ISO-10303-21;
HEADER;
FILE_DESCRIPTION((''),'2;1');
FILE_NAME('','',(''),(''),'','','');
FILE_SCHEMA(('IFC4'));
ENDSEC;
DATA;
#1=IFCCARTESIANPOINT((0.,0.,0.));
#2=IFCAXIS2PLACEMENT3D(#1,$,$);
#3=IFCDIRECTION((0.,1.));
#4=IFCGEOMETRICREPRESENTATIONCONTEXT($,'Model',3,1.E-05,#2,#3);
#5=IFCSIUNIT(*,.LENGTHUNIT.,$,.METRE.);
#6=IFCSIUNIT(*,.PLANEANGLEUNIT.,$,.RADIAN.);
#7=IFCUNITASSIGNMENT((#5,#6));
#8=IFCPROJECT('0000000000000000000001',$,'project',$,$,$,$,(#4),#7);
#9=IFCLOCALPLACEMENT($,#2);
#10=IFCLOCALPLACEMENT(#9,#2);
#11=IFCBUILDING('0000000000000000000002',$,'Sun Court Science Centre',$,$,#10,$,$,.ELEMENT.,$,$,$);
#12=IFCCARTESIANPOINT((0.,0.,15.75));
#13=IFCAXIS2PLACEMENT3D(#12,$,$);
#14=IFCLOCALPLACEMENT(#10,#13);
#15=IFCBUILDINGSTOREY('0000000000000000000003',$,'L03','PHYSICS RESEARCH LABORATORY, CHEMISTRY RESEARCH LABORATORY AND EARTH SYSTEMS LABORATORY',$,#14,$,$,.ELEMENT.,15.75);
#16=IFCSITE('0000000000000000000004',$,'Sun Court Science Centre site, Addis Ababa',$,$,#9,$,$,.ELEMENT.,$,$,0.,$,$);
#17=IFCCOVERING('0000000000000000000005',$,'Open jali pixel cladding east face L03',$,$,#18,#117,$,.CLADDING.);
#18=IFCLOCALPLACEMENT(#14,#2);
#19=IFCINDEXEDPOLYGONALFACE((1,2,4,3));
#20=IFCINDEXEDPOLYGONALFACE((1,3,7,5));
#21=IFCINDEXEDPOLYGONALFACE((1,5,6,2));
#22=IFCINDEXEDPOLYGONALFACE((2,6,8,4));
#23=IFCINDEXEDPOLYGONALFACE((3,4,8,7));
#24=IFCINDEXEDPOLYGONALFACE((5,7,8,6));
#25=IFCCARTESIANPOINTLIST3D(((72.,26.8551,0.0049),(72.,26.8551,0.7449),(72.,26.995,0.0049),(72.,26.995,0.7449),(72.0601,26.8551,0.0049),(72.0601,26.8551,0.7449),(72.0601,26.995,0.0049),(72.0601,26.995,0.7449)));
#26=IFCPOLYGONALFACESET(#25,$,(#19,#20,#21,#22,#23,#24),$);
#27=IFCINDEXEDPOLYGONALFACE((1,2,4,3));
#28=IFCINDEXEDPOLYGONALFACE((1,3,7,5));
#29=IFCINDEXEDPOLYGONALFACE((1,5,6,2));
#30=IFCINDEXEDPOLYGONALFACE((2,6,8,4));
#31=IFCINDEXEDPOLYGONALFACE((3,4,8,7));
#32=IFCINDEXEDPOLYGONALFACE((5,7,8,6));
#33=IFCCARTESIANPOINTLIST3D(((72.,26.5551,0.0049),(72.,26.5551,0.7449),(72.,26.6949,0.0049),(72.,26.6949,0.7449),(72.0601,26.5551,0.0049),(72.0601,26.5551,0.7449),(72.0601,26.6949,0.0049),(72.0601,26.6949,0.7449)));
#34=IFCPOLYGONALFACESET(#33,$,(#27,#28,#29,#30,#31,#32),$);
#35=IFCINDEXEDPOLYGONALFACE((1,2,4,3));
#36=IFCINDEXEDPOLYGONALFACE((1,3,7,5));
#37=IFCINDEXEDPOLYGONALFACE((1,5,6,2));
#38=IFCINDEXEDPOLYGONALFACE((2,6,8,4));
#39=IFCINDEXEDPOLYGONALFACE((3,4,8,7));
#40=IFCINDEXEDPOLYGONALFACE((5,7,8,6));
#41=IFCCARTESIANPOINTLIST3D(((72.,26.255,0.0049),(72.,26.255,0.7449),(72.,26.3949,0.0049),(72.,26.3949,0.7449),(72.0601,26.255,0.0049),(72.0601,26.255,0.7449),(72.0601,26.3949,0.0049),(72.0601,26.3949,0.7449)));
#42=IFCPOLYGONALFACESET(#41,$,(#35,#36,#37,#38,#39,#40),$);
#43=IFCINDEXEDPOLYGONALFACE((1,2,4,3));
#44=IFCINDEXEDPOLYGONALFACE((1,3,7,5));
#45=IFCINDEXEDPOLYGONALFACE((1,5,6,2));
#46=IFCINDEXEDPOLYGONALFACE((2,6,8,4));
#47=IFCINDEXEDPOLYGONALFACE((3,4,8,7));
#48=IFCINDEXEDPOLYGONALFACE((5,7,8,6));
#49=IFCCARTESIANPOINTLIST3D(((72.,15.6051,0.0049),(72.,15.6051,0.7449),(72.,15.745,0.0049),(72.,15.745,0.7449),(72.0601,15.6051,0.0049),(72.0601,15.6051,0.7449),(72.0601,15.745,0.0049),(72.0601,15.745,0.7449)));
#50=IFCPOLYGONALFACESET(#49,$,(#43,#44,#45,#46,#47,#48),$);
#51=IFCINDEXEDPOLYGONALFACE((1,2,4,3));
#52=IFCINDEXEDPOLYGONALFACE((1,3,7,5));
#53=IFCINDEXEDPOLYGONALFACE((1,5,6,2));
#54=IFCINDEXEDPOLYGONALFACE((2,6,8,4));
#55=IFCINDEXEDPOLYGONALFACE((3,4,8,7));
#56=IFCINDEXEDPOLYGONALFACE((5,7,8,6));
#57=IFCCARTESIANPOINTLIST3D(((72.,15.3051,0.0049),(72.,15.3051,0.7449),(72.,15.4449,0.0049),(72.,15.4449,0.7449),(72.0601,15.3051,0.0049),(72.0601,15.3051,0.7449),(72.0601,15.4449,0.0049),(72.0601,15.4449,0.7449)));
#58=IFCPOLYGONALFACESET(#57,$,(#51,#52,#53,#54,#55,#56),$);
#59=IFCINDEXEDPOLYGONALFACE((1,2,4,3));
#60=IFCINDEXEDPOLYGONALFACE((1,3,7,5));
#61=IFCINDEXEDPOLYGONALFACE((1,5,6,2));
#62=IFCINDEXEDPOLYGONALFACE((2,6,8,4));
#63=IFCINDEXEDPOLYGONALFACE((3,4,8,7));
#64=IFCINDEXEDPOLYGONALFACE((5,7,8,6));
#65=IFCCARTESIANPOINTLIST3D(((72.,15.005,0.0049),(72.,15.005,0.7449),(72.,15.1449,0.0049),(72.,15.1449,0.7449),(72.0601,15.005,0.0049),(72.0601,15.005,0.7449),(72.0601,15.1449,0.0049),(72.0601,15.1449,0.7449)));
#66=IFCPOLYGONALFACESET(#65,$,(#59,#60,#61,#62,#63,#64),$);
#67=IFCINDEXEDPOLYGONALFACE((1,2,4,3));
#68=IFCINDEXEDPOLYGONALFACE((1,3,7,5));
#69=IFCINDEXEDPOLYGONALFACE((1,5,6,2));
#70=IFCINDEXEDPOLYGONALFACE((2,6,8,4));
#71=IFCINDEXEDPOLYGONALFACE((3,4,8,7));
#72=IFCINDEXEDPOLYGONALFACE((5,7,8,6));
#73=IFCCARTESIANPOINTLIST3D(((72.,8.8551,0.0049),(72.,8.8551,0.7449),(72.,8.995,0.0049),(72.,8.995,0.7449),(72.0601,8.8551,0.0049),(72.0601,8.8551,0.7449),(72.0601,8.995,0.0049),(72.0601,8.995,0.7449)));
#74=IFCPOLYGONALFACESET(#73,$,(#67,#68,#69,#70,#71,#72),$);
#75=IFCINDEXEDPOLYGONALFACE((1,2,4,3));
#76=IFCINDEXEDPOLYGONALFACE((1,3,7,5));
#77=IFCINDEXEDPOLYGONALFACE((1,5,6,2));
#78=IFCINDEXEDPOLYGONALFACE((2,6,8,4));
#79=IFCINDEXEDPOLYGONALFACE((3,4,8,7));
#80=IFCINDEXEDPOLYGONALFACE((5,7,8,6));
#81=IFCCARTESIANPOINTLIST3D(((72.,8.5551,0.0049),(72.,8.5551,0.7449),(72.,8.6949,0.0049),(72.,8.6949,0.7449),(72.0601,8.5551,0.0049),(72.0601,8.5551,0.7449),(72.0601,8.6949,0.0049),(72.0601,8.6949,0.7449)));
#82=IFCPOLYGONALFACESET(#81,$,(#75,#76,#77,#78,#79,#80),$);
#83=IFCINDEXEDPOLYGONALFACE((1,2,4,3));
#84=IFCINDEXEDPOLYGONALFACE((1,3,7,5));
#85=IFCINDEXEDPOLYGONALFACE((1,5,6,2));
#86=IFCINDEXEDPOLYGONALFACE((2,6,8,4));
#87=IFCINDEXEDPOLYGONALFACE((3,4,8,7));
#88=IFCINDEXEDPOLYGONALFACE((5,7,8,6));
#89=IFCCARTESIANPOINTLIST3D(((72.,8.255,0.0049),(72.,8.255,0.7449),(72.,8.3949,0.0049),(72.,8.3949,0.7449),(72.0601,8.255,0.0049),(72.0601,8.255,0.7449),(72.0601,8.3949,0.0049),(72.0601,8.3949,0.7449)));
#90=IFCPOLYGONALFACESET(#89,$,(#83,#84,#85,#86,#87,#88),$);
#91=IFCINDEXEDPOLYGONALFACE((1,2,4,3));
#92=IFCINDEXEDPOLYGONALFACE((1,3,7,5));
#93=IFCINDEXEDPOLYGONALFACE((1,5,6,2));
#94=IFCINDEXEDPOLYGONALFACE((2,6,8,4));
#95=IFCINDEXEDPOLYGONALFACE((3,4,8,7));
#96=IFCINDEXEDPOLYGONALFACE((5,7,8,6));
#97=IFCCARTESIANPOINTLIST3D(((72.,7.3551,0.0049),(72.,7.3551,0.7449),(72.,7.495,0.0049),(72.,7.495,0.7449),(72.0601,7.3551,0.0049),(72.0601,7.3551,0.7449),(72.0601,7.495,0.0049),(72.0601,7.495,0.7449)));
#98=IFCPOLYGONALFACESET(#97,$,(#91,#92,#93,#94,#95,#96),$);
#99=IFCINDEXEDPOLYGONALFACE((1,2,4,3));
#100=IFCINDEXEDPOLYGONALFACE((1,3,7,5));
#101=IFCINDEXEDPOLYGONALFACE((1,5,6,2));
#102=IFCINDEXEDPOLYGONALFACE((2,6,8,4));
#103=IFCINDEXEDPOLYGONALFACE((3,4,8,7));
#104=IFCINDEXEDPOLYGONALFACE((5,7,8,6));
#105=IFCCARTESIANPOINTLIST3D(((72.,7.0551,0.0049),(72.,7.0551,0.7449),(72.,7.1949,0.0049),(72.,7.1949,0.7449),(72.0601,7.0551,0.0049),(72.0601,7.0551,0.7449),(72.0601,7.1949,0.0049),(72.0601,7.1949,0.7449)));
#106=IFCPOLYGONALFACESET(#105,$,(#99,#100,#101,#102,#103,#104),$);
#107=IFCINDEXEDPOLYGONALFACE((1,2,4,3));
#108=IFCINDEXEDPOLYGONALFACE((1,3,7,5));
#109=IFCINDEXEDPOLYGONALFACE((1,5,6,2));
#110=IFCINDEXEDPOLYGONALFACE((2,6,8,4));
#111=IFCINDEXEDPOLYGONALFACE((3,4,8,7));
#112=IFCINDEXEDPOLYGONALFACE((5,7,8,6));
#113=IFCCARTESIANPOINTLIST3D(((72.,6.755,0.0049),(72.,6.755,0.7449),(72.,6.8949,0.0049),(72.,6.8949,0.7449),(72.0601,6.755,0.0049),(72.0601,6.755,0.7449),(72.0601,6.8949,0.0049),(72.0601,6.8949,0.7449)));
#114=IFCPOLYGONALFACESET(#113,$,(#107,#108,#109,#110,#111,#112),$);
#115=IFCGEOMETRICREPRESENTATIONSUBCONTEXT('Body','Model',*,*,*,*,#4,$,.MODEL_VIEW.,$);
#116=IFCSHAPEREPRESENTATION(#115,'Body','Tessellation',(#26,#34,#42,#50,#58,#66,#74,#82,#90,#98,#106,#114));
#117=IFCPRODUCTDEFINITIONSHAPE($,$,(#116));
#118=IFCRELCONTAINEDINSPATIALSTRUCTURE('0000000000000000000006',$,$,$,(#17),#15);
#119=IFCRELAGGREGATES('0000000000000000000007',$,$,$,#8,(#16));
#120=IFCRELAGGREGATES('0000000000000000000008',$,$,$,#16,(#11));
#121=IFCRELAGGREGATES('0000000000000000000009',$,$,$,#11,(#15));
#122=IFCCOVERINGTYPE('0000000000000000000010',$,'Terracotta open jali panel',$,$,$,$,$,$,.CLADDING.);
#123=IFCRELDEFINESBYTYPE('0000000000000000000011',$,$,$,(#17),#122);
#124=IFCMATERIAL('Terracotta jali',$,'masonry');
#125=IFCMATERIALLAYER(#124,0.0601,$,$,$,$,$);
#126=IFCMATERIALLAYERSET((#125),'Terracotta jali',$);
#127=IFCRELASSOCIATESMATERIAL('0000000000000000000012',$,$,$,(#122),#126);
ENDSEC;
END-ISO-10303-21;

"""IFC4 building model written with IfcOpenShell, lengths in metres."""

from ifc_helpers import new_model, si_unit, direction, frame, origin, origin_2d, place, context, subcontext, project, spatial, rectangle, extrude, material, layer, layer_set, type_object, element, save


model = new_model("IFC4")

# Units and contexts
model_context = context("Model", 3, precision=1e-05, world=origin(), true_north=direction((0.0, 1.0)))
body_context = subcontext(model_context, "Body", "Model", "MODEL_VIEW")
ifc_project = project(units=[si_unit("LENGTHUNIT", "METRE"), si_unit("PLANEANGLEUNIT", "RADIAN")], contexts=[model_context])

# Site, building, storey
site_placement = place(None, origin())
site = spatial("IfcSite", under=ifc_project, at=site_placement, Name="Sun Court Science Centre site, Addis Ababa", CompositionType="ELEMENT", RefElevation=0.0)
building_placement = place(site_placement, origin())
building = spatial("IfcBuilding", under=site, at=building_placement, Name="Sun Court Science Centre", CompositionType="ELEMENT")
storey_placement = place(building_placement, frame((0.0, 0.0, 15.75)))
storey = spatial("IfcBuildingStorey", under=building, at=storey_placement, Name="L03", Description="PHYSICS RESEARCH LABORATORY, CHEMISTRY RESEARCH LABORATORY AND EARTH SYSTEMS LABORATORY", CompositionType="ELEMENT", Elevation=15.75)

# Covering
ifc_material_1 = material(Name="Terracotta jali", Category="masonry")
ifc_layer_1 = layer(ifc_material_1, 0.0601)
ifc_layer_set_1 = layer_set([ifc_layer_1], Name="Terracotta jali")
covering_type_1 = type_object("IfcCoveringType", Name="Terracotta open jali panel", PredefinedType="CLADDING", material=ifc_layer_set_1)
covering_1_placement = place(storey_placement, frame((0.0, 0.0, -15.75)))
element("IfcCovering", 1, at=covering_1_placement, inside=storey, type_object=covering_type_1, Name="Open jali pixel cladding east face L03", PredefinedType="CLADDING", context=body_context, shape_type="SweptSolid", body=[
    extrude(rectangle(XDim=0.1399, YDim=0.0601, at=origin_2d()), frame((72.03, 26.925, 15.7549), z_axis=(0.0, 0.0, 1.0), x_axis=(0.0, -1.0, 0.0)), (0.0, 0.0, 1.0), 0.74),
    extrude(rectangle(XDim=0.1399, YDim=0.0601, at=origin_2d()), frame((72.03, 26.625, 15.7549), z_axis=(0.0, 0.0, 1.0), x_axis=(0.0, -1.0, 0.0)), (0.0, 0.0, 1.0), 0.74),
    extrude(rectangle(XDim=0.1399, YDim=0.0601, at=origin_2d()), frame((72.03, 26.325, 15.7549), z_axis=(0.0, 0.0, 1.0), x_axis=(0.0, -1.0, 0.0)), (0.0, 0.0, 1.0), 0.74),
    extrude(rectangle(XDim=0.1399, YDim=0.0601, at=origin_2d()), frame((72.03, 15.675, 15.7549), z_axis=(0.0, 0.0, 1.0), x_axis=(0.0, -1.0, 0.0)), (0.0, 0.0, 1.0), 0.74),
    extrude(rectangle(XDim=0.1399, YDim=0.0601, at=origin_2d()), frame((72.03, 15.375, 15.7549), z_axis=(0.0, 0.0, 1.0), x_axis=(0.0, -1.0, 0.0)), (0.0, 0.0, 1.0), 0.74),
    extrude(rectangle(XDim=0.1399, YDim=0.0601, at=origin_2d()), frame((72.03, 15.075, 15.7549), z_axis=(0.0, 0.0, 1.0), x_axis=(0.0, -1.0, 0.0)), (0.0, 0.0, 1.0), 0.74),
    extrude(rectangle(XDim=0.1399, YDim=0.0601, at=origin_2d()), frame((72.03, 8.925, 15.7549), z_axis=(0.0, 0.0, 1.0), x_axis=(0.0, -1.0, 0.0)), (0.0, 0.0, 1.0), 0.74),
    extrude(rectangle(XDim=0.1399, YDim=0.0601, at=origin_2d()), frame((72.03, 8.625, 15.7549), z_axis=(0.0, 0.0, 1.0), x_axis=(0.0, -1.0, 0.0)), (0.0, 0.0, 1.0), 0.74),
    extrude(rectangle(XDim=0.1399, YDim=0.0601, at=origin_2d()), frame((72.03, 8.325, 15.7549), z_axis=(0.0, 0.0, 1.0), x_axis=(0.0, -1.0, 0.0)), (0.0, 0.0, 1.0), 0.74),
    extrude(rectangle(XDim=0.1399, YDim=0.0601, at=origin_2d()), frame((72.03, 7.425, 15.7549), z_axis=(0.0, 0.0, 1.0), x_axis=(0.0, -1.0, 0.0)), (0.0, 0.0, 1.0), 0.74),
    extrude(rectangle(XDim=0.1399, YDim=0.0601, at=origin_2d()), frame((72.03, 7.125, 15.7549), z_axis=(0.0, 0.0, 1.0), x_axis=(0.0, -1.0, 0.0)), (0.0, 0.0, 1.0), 0.74),
    extrude(rectangle(XDim=0.1399, YDim=0.0601, at=origin_2d()), frame((72.03, 6.825, 15.7549), z_axis=(0.0, 0.0, 1.0), x_axis=(0.0, -1.0, 0.0)), (0.0, 0.0, 1.0), 0.74),
])

save(model, "model.ifc")
